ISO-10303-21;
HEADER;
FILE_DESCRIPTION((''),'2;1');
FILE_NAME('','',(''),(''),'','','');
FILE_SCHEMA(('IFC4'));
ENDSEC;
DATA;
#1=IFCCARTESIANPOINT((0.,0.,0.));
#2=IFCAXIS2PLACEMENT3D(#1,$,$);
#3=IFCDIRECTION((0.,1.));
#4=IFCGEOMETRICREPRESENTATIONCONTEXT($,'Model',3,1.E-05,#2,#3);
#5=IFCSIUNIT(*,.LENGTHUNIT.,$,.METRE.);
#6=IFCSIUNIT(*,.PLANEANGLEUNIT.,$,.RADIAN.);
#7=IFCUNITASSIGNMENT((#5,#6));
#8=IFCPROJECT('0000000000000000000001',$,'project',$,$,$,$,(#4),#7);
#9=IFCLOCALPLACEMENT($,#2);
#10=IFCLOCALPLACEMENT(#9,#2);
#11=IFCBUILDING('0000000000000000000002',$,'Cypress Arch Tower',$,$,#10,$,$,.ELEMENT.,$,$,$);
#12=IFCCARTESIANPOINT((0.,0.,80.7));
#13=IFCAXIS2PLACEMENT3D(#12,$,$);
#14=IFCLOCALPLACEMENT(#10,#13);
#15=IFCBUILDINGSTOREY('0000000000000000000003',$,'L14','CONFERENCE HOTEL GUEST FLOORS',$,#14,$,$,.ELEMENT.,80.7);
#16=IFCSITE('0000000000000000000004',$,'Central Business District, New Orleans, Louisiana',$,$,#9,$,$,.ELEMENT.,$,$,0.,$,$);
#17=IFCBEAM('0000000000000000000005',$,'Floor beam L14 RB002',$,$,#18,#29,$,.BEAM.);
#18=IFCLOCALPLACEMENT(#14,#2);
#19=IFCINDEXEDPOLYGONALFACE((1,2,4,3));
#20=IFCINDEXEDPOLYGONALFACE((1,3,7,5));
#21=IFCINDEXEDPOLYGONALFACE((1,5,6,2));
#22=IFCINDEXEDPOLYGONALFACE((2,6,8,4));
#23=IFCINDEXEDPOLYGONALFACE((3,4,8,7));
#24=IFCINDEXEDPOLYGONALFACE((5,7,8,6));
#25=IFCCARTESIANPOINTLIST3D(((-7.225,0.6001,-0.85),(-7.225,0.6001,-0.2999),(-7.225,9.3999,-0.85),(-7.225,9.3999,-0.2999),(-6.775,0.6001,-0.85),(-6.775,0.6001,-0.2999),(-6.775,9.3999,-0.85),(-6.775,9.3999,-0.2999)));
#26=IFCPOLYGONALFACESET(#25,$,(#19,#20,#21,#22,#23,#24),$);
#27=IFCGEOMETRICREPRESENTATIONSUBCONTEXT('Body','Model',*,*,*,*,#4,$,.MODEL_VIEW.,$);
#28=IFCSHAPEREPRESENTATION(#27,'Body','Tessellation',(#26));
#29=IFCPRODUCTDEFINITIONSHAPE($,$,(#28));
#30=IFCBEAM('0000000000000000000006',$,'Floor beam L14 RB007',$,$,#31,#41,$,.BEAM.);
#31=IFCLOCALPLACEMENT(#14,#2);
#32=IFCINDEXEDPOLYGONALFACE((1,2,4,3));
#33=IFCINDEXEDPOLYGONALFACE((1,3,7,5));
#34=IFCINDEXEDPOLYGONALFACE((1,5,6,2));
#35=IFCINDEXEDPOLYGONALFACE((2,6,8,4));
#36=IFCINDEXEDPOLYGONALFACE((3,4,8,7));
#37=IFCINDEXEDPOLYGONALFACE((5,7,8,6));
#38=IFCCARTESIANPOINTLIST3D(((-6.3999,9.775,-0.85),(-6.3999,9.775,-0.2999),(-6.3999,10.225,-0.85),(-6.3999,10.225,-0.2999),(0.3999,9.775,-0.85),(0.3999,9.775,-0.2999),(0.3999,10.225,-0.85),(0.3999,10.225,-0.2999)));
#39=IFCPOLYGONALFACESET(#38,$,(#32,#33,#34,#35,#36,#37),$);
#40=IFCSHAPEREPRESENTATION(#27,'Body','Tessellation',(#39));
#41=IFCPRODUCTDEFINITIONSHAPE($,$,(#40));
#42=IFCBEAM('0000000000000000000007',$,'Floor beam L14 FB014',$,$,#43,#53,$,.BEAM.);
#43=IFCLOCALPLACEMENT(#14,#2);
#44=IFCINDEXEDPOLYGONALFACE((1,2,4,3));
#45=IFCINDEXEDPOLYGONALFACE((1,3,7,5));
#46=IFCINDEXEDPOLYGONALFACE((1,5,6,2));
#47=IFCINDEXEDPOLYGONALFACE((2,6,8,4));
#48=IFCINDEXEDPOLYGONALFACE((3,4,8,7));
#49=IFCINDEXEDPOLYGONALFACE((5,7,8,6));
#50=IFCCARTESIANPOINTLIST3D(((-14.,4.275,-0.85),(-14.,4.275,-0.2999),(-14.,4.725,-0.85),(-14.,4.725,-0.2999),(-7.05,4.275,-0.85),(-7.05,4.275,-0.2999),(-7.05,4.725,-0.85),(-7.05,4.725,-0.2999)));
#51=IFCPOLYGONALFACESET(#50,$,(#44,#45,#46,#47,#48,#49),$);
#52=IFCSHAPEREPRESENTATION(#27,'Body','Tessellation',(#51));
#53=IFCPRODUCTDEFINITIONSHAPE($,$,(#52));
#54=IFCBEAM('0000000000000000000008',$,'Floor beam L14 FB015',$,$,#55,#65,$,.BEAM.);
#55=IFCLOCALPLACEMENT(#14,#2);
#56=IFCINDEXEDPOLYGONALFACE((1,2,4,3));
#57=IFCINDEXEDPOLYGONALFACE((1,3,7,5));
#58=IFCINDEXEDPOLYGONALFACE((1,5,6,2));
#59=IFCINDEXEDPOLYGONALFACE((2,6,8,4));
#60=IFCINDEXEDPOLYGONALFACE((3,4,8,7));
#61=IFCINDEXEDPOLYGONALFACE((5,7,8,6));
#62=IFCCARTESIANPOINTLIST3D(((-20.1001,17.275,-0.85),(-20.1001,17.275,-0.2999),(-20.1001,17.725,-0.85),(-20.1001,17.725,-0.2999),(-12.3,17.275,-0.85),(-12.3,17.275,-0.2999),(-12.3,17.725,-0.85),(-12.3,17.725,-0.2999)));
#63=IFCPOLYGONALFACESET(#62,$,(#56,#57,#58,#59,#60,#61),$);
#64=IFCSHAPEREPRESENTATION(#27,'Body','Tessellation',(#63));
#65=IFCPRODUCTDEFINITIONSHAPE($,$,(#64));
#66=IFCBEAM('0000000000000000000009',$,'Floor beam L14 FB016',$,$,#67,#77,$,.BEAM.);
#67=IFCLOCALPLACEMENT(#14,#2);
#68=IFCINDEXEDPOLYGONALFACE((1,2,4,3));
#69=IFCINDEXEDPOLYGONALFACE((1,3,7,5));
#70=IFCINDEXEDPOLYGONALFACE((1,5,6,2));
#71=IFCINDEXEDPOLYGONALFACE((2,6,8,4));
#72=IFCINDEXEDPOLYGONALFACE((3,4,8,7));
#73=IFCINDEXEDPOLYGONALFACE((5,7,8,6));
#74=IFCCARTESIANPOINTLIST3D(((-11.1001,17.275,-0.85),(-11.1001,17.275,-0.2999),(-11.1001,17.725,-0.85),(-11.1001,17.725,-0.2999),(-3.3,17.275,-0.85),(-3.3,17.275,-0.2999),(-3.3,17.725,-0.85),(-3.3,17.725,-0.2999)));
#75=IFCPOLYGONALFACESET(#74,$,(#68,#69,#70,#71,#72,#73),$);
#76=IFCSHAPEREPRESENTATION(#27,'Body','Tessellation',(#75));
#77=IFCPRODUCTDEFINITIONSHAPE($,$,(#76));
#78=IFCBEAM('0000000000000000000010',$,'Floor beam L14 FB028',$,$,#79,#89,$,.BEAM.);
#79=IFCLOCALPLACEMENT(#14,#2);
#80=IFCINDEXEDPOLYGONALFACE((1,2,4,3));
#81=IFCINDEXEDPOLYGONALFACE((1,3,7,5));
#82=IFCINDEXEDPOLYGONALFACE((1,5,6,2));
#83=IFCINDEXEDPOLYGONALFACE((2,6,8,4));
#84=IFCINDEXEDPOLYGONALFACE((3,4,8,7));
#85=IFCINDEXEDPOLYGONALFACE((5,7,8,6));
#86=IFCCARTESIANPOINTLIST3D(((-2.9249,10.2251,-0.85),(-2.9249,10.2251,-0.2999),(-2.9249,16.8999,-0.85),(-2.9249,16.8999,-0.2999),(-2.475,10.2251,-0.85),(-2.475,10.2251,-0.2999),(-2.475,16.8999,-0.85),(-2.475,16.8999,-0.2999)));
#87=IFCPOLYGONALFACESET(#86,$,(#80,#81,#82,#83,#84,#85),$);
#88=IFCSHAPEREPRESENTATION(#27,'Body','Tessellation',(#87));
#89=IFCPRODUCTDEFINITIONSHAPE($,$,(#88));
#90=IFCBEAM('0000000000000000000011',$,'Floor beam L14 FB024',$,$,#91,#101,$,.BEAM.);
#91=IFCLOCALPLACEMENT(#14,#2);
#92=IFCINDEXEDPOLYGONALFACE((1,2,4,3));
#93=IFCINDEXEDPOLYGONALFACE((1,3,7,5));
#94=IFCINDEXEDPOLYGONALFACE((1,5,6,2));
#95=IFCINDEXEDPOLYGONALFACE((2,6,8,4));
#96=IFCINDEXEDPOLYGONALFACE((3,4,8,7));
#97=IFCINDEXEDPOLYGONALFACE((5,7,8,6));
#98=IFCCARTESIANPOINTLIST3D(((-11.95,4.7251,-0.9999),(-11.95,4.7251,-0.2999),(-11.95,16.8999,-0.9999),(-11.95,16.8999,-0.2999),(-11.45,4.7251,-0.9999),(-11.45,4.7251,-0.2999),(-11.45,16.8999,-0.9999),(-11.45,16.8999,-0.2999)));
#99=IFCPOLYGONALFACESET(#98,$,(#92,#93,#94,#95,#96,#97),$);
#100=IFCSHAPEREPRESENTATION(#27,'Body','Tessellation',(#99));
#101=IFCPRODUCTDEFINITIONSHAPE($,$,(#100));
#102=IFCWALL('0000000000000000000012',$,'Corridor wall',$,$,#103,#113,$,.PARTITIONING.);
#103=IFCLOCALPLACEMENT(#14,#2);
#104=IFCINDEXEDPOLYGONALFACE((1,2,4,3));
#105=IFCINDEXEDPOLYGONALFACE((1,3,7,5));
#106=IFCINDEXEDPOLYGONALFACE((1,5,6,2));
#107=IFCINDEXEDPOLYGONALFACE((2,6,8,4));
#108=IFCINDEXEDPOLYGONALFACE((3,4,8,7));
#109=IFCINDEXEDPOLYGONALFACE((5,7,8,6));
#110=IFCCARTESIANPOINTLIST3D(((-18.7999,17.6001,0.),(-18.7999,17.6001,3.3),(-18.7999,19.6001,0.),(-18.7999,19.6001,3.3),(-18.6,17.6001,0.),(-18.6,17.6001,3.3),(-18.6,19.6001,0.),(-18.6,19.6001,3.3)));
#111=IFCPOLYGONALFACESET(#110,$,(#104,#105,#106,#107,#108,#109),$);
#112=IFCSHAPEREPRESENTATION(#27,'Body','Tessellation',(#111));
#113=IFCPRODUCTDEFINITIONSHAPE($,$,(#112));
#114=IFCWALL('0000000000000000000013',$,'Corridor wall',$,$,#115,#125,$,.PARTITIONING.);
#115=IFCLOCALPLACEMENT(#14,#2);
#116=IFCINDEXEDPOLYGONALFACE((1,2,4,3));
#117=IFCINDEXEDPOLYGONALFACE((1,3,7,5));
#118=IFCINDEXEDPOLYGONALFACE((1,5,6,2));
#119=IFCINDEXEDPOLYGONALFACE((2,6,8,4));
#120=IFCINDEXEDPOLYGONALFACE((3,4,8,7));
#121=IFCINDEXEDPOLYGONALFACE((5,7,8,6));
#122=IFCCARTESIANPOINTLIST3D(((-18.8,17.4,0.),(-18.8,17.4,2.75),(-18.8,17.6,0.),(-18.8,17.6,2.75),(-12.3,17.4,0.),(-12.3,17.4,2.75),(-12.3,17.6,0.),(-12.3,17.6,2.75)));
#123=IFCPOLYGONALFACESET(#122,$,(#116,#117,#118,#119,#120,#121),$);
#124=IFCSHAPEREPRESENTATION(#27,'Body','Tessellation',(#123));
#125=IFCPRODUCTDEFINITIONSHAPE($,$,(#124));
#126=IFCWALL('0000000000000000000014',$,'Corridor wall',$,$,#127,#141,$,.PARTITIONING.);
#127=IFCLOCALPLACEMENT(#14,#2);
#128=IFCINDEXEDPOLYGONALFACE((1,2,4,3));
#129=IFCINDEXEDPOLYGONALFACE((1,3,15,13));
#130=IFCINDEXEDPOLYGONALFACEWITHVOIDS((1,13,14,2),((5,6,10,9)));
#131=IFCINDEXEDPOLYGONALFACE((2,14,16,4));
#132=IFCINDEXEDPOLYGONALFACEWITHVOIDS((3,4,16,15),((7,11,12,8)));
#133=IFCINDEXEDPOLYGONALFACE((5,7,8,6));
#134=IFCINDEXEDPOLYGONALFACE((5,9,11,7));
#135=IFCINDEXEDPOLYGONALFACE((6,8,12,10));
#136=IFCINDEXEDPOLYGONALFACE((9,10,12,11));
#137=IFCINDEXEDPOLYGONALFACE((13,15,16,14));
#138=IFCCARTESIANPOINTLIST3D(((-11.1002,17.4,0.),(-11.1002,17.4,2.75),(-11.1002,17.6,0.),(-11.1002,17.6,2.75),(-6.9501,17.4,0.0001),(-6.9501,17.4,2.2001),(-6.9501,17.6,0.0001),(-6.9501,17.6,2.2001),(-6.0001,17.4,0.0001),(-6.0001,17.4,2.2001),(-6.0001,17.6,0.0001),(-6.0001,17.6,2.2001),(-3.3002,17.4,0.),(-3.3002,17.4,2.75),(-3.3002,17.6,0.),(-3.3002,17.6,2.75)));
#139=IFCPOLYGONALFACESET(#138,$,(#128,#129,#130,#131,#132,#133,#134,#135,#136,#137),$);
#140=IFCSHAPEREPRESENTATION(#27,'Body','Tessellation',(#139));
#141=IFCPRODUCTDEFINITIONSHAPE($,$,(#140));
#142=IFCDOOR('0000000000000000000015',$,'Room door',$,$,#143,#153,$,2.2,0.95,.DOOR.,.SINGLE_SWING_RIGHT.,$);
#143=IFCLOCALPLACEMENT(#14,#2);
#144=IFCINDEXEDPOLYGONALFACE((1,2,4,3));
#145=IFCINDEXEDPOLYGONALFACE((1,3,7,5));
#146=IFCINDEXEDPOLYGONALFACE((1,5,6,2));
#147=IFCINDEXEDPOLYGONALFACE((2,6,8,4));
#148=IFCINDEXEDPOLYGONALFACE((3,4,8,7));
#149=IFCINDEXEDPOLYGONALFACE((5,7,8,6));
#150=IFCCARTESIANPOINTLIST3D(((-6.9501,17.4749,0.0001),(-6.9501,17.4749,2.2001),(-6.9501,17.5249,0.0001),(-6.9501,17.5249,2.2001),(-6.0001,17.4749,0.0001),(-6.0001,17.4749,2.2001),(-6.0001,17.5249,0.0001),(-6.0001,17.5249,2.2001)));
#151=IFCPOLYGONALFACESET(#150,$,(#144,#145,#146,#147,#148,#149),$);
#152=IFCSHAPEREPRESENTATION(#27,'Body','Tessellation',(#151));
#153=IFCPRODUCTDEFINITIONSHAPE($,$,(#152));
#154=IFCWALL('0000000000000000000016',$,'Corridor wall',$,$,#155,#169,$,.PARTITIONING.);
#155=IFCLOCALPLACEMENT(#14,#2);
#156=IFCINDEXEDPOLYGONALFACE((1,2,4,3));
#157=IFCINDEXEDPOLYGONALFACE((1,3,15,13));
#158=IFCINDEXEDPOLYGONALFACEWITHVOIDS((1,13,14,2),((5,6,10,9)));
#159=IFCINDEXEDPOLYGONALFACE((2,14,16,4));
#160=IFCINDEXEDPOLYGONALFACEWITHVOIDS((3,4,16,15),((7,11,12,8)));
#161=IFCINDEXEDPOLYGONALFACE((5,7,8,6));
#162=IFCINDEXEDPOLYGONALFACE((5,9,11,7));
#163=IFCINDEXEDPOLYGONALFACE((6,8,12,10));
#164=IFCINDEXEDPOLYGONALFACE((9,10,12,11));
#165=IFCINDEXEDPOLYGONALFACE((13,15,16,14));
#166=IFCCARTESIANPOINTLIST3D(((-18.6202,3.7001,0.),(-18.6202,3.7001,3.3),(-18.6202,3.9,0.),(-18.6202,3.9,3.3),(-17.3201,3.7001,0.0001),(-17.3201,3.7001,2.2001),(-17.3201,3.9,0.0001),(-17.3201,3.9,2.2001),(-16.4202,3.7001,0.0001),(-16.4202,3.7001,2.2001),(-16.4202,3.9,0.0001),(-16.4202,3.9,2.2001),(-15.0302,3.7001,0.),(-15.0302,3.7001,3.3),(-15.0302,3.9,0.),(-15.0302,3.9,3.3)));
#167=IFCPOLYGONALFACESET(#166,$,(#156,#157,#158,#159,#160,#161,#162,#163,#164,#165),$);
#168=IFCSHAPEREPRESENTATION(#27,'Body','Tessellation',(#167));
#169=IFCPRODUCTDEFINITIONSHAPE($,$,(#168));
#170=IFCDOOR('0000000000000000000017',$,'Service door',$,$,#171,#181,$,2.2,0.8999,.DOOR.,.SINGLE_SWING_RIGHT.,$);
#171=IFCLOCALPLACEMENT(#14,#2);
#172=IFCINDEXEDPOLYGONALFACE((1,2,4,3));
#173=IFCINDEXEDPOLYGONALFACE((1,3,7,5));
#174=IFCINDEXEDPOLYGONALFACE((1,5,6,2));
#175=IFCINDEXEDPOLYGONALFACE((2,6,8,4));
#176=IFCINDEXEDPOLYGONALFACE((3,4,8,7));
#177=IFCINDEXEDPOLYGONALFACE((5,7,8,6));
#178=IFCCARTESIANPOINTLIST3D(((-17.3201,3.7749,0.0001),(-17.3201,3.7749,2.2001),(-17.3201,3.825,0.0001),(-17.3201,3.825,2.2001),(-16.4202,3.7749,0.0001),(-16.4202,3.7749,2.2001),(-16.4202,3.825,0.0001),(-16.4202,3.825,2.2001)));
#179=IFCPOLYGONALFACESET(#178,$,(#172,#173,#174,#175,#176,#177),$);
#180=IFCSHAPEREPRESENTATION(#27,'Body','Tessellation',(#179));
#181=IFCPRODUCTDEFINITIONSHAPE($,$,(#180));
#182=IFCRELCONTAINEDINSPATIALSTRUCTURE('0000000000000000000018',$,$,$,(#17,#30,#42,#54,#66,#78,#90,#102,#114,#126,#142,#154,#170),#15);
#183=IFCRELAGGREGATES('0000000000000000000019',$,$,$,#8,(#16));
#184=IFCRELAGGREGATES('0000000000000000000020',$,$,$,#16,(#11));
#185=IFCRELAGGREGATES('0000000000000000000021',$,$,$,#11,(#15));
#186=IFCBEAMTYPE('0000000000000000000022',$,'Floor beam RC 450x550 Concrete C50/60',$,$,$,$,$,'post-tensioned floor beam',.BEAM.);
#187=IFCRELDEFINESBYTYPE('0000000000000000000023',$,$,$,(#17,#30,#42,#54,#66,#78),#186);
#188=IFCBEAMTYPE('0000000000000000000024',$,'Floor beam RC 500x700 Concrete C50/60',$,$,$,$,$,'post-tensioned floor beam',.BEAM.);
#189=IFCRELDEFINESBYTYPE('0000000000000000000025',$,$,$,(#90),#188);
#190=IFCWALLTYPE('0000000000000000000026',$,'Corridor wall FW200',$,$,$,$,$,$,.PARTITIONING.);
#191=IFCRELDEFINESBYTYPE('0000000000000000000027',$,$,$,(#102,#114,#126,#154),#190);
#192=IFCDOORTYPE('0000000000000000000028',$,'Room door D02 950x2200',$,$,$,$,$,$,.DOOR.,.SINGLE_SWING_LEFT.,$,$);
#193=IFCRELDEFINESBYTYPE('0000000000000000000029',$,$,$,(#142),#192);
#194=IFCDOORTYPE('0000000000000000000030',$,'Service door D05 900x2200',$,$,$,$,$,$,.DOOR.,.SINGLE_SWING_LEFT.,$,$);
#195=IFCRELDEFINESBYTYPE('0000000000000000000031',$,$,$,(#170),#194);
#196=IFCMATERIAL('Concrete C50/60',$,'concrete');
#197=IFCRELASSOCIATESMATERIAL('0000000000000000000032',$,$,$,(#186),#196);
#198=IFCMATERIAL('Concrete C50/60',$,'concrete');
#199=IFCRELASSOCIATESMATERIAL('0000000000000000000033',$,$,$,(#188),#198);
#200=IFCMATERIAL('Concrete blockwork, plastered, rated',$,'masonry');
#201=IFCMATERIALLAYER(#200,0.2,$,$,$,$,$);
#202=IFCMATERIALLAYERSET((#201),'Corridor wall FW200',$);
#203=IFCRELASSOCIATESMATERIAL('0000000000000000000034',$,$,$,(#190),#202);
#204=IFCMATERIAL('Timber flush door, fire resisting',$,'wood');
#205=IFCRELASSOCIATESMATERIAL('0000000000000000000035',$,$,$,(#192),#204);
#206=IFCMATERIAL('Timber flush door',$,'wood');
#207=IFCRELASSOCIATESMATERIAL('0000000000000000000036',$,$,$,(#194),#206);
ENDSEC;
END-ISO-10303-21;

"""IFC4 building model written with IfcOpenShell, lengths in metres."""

from ifc_helpers import new_model, si_unit, direction, frame, frame_2d, origin, origin_2d, place, context, subcontext, project, spatial, rectangle, extrude, material, layer, layer_set, material_profile, profile_set, type_object, element, fill, save


model = new_model("IFC4")

# Units and contexts
model_context = context("Model", 3, precision=1e-05, world=origin(), true_north=direction((0.0, 1.0)))
body_context = subcontext(model_context, "Body", "Model", "MODEL_VIEW")
ifc_project = project(units=[si_unit("LENGTHUNIT", "METRE"), si_unit("PLANEANGLEUNIT", "RADIAN")], contexts=[model_context])

# Site, building, storey
site_placement = place(None, origin())
site = spatial("IfcSite", under=ifc_project, at=site_placement, Name="Central Business District, New Orleans, Louisiana", CompositionType="ELEMENT", RefElevation=0.0)
building_placement = place(site_placement, origin())
building = spatial("IfcBuilding", under=site, at=building_placement, Name="Cypress Arch Tower", CompositionType="ELEMENT")
storey_placement = place(building_placement, frame((0.0, 0.0, 80.7)))
storey = spatial("IfcBuildingStorey", under=building, at=storey_placement, Name="L14", Description="CONFERENCE HOTEL GUEST FLOORS", CompositionType="ELEMENT", Elevation=80.7)

# Beams
ifc_material_1 = material(Name="Concrete C50/60", Category="concrete")
ifc_material_profile_1 = material_profile(ifc_material_1, rectangle(XDim=0.45, YDim=0.55, at=origin_2d()), Name="RC 450x550")
ifc_profile_set_1 = profile_set([ifc_material_profile_1], Name="Concrete C50/60")
beam_type_1 = type_object("IfcBeamType", Name="Floor beam RC 450x550 Concrete C50/60", ElementType="post-tensioned floor beam", PredefinedType="BEAM", material=ifc_profile_set_1)
beam_1_placement = place(storey_placement, frame((-7.0, 0.6001, -0.575), z_axis=(0.0, 1.0, 0.0), x_axis=(-1.0, 0.0, 0.0)))
element("IfcBeam", 1, at=beam_1_placement, inside=storey, type_object=beam_type_1, Name="Floor beam L14 RB002", PredefinedType="BEAM", context=body_context, shape_type="SweptSolid", body=[
    extrude(rectangle(XDim=0.45, YDim=0.55, at=origin_2d()), origin(), (0.0, 0.0, 1.0), 8.7998),
])
beam_2_placement = place(storey_placement, frame((-6.3999, 10.0, -0.575), z_axis=(1.0, 0.0, 0.0), x_axis=(0.0, 1.0, 0.0)))
element("IfcBeam", 2, at=beam_2_placement, inside=storey, type_object=beam_type_1, Name="Floor beam L14 RB007", PredefinedType="BEAM", context=body_context, shape_type="SweptSolid", body=[
    extrude(rectangle(XDim=0.45, YDim=0.55, at=origin_2d()), origin(), (0.0, 0.0, 1.0), 6.7998),
])
beam_3_placement = place(storey_placement, frame((-14.0, 4.5, -0.575), z_axis=(1.0, 0.0, 0.0), x_axis=(0.0, 1.0, 0.0)))
element("IfcBeam", 3, at=beam_3_placement, inside=storey, type_object=beam_type_1, Name="Floor beam L14 FB014", PredefinedType="BEAM", context=body_context, shape_type="SweptSolid", body=[
    extrude(rectangle(XDim=0.45, YDim=0.55, at=origin_2d()), origin(), (0.0, 0.0, 1.0), 6.95),
])
for number, where, z_axis, x_axis, name in (
    (4, (-20.1001, 17.5, -0.575), (1.0, 0.0, 0.0), (0.0, 1.0, 0.0), "Floor beam L14 FB015"),
    (5, (-11.1001, 17.5, -0.575), (1.0, 0.0, 0.0), (0.0, 1.0, 0.0), "Floor beam L14 FB016"),
):
    element("IfcBeam", number, at=place(storey_placement, frame(where, z_axis=z_axis, x_axis=x_axis)), inside=storey, type_object=beam_type_1, Name=name, PredefinedType="BEAM", context=body_context, shape_type="SweptSolid", body=[
        extrude(rectangle(XDim=0.45, YDim=0.55, at=origin_2d()), origin(), (0.0, 0.0, 1.0), 7.8),
    ])
beam_4_placement = place(storey_placement, frame((-2.7, 10.2251, -0.575), z_axis=(0.0, 1.0, 0.0), x_axis=(-1.0, 0.0, 0.0)))
element("IfcBeam", 6, at=beam_4_placement, inside=storey, type_object=beam_type_1, Name="Floor beam L14 FB028", PredefinedType="BEAM", context=body_context, shape_type="SweptSolid", body=[
    extrude(rectangle(XDim=0.45, YDim=0.55, at=origin_2d()), origin(), (0.0, 0.0, 1.0), 6.6748),
])
ifc_material_2 = material(Name="Concrete C50/60", Category="concrete")
ifc_material_profile_2 = material_profile(ifc_material_2, rectangle(XDim=0.5, YDim=0.7, at=origin_2d()), Name="RC 500x700")
ifc_profile_set_2 = profile_set([ifc_material_profile_2], Name="Concrete C50/60")
beam_type_2 = type_object("IfcBeamType", Name="Floor beam RC 500x700 Concrete C50/60", ElementType="post-tensioned floor beam", PredefinedType="BEAM", material=ifc_profile_set_2)
beam_5_placement = place(storey_placement, frame((-11.7, 4.7251, -0.6499), z_axis=(0.0, 1.0, 0.0), x_axis=(-1.0, 0.0, 0.0)))
element("IfcBeam", 7, at=beam_5_placement, inside=storey, type_object=beam_type_2, Name="Floor beam L14 FB024", PredefinedType="BEAM", context=body_context, shape_type="SweptSolid", body=[
    extrude(rectangle(XDim=0.5, YDim=0.7, at=origin_2d()), origin(), (0.0, 0.0, 1.0), 12.1748),
])

# Walls
ifc_material_3 = material(Name="Concrete blockwork, plastered, rated", Category="masonry")
ifc_layer_1 = layer(ifc_material_3, 0.2)
ifc_layer_set_1 = layer_set([ifc_layer_1], Name="Corridor wall FW200")
wall_type_1 = type_object("IfcWallType", Name="Corridor wall FW200", PredefinedType="PARTITIONING", material=ifc_layer_set_1)
wall_1_placement = place(storey_placement, frame((-18.7, 17.6001, 0.0), z_axis=(0.0, 0.0, 1.0), x_axis=(0.0, 1.0, 0.0)))
element("IfcWall", 8, at=wall_1_placement, inside=storey, type_object=wall_type_1, Name="Corridor wall", PredefinedType="PARTITIONING", context=body_context, shape_type="SweptSolid", body=[
    extrude(rectangle(XDim=2.0, YDim=0.2, at=frame_2d((1.0, 0.0))), origin(), (0.0, 0.0, 1.0), 3.3),
])
wall_2_placement = place(storey_placement, frame((-18.8, 17.5, 0.0), z_axis=(0.0, 0.0, 1.0), x_axis=(1.0, 0.0, 0.0)))
element("IfcWall", 9, at=wall_2_placement, inside=storey, type_object=wall_type_1, Name="Corridor wall", PredefinedType="PARTITIONING", context=body_context, shape_type="SweptSolid", body=[
    extrude(rectangle(XDim=6.5, YDim=0.2, at=frame_2d((3.25, 0.0))), origin(), (0.0, 0.0, 1.0), 2.75),
])

# Walls, openings, doors
wall_3_placement = place(storey_placement, frame((-11.1001, 17.5, 0.0), z_axis=(0.0, 0.0, 1.0), x_axis=(1.0, 0.0, 0.0)))
wall_3 = element("IfcWall", 10, at=wall_3_placement, inside=storey, type_object=wall_type_1, Name="Corridor wall", PredefinedType="PARTITIONING", context=body_context, shape_type="SweptSolid", body=[
    extrude(rectangle(XDim=7.8, YDim=0.2, at=frame_2d((3.8999, 0.0))), origin(), (0.0, 0.0, 1.0), 2.75),
])
opening_1_placement = place(wall_3_placement, frame((4.1499, 0.0, 0.0)))
opening_1 = element("IfcOpeningElement", 11, at=opening_1_placement, cuts=wall_3, PredefinedType="OPENING", context=body_context, shape_type="SweptSolid", body=[
    extrude(rectangle(XDim=0.95, YDim=2.2, at=frame_2d((0.4751, 1.1001))), frame((0.0, 0.1099, 0.0), z_axis=(0.0, -1.0, 0.0), x_axis=(1.0, 0.0, 0.0)), (0.0, 0.0, 1.0), 0.22),
])
ifc_material_4 = material(Name="Timber flush door, fire resisting", Category="wood")
door_type_1 = type_object("IfcDoorType", Name="Room door D02 950x2200", OperationType="SINGLE_SWING_LEFT", PredefinedType="DOOR", material=ifc_material_4)
door_1_placement = place(opening_1_placement, origin())
door_1 = element("IfcDoor", 12, at=door_1_placement, inside=storey, type_object=door_type_1, Name="Room door", OperationType="SINGLE_SWING_RIGHT", OverallHeight=2.2, OverallWidth=0.95, PredefinedType="DOOR", context=body_context, shape_type="SweptSolid", body=[
    extrude(rectangle(XDim=0.95, YDim=2.2, at=frame_2d((0.4751, 1.1001))), frame((0.0, 0.0249, 0.0), z_axis=(0.0, -1.0, 0.0), x_axis=(1.0, 0.0, 0.0)), (0.0, 0.0, 1.0), 0.05),
])
fill(opening_1, door_1)
wall_4_placement = place(storey_placement, frame((-18.6201, 3.8, 0.0), z_axis=(0.0, 0.0, 1.0), x_axis=(1.0, 0.0, 0.0)))
wall_4 = element("IfcWall", 13, at=wall_4_placement, inside=storey, type_object=wall_type_1, Name="Corridor wall", PredefinedType="PARTITIONING", context=body_context, shape_type="SweptSolid", body=[
    extrude(rectangle(XDim=3.5901, YDim=0.2, at=frame_2d((1.7949, 0.0))), origin(), (0.0, 0.0, 1.0), 3.3),
])
opening_2_placement = place(wall_4_placement, frame((1.3, 0.0, 0.0)))
opening_2 = element("IfcOpeningElement", 14, at=opening_2_placement, cuts=wall_4, PredefinedType="OPENING", context=body_context, shape_type="SweptSolid", body=[
    extrude(rectangle(XDim=0.8999, YDim=2.2, at=frame_2d((0.45, 1.1001))), frame((0.0, 0.1099, 0.0), z_axis=(0.0, -1.0, 0.0), x_axis=(1.0, 0.0, 0.0)), (0.0, 0.0, 1.0), 0.22),
])
ifc_material_5 = material(Name="Timber flush door", Category="wood")
door_type_2 = type_object("IfcDoorType", Name="Service door D05 900x2200", OperationType="SINGLE_SWING_LEFT", PredefinedType="DOOR", material=ifc_material_5)
door_2_placement = place(opening_2_placement, origin())
door_2 = element("IfcDoor", 15, at=door_2_placement, inside=storey, type_object=door_type_2, Name="Service door", OperationType="SINGLE_SWING_RIGHT", OverallHeight=2.2, OverallWidth=0.8999, PredefinedType="DOOR", context=body_context, shape_type="SweptSolid", body=[
    extrude(rectangle(XDim=0.8999, YDim=2.2, at=frame_2d((0.45, 1.1001))), frame((0.0, 0.0249, 0.0), z_axis=(0.0, -1.0, 0.0), x_axis=(1.0, 0.0, 0.0)), (0.0, 0.0, 1.0), 0.05),
])
fill(opening_2, door_2)

save(model, "model.ifc")
